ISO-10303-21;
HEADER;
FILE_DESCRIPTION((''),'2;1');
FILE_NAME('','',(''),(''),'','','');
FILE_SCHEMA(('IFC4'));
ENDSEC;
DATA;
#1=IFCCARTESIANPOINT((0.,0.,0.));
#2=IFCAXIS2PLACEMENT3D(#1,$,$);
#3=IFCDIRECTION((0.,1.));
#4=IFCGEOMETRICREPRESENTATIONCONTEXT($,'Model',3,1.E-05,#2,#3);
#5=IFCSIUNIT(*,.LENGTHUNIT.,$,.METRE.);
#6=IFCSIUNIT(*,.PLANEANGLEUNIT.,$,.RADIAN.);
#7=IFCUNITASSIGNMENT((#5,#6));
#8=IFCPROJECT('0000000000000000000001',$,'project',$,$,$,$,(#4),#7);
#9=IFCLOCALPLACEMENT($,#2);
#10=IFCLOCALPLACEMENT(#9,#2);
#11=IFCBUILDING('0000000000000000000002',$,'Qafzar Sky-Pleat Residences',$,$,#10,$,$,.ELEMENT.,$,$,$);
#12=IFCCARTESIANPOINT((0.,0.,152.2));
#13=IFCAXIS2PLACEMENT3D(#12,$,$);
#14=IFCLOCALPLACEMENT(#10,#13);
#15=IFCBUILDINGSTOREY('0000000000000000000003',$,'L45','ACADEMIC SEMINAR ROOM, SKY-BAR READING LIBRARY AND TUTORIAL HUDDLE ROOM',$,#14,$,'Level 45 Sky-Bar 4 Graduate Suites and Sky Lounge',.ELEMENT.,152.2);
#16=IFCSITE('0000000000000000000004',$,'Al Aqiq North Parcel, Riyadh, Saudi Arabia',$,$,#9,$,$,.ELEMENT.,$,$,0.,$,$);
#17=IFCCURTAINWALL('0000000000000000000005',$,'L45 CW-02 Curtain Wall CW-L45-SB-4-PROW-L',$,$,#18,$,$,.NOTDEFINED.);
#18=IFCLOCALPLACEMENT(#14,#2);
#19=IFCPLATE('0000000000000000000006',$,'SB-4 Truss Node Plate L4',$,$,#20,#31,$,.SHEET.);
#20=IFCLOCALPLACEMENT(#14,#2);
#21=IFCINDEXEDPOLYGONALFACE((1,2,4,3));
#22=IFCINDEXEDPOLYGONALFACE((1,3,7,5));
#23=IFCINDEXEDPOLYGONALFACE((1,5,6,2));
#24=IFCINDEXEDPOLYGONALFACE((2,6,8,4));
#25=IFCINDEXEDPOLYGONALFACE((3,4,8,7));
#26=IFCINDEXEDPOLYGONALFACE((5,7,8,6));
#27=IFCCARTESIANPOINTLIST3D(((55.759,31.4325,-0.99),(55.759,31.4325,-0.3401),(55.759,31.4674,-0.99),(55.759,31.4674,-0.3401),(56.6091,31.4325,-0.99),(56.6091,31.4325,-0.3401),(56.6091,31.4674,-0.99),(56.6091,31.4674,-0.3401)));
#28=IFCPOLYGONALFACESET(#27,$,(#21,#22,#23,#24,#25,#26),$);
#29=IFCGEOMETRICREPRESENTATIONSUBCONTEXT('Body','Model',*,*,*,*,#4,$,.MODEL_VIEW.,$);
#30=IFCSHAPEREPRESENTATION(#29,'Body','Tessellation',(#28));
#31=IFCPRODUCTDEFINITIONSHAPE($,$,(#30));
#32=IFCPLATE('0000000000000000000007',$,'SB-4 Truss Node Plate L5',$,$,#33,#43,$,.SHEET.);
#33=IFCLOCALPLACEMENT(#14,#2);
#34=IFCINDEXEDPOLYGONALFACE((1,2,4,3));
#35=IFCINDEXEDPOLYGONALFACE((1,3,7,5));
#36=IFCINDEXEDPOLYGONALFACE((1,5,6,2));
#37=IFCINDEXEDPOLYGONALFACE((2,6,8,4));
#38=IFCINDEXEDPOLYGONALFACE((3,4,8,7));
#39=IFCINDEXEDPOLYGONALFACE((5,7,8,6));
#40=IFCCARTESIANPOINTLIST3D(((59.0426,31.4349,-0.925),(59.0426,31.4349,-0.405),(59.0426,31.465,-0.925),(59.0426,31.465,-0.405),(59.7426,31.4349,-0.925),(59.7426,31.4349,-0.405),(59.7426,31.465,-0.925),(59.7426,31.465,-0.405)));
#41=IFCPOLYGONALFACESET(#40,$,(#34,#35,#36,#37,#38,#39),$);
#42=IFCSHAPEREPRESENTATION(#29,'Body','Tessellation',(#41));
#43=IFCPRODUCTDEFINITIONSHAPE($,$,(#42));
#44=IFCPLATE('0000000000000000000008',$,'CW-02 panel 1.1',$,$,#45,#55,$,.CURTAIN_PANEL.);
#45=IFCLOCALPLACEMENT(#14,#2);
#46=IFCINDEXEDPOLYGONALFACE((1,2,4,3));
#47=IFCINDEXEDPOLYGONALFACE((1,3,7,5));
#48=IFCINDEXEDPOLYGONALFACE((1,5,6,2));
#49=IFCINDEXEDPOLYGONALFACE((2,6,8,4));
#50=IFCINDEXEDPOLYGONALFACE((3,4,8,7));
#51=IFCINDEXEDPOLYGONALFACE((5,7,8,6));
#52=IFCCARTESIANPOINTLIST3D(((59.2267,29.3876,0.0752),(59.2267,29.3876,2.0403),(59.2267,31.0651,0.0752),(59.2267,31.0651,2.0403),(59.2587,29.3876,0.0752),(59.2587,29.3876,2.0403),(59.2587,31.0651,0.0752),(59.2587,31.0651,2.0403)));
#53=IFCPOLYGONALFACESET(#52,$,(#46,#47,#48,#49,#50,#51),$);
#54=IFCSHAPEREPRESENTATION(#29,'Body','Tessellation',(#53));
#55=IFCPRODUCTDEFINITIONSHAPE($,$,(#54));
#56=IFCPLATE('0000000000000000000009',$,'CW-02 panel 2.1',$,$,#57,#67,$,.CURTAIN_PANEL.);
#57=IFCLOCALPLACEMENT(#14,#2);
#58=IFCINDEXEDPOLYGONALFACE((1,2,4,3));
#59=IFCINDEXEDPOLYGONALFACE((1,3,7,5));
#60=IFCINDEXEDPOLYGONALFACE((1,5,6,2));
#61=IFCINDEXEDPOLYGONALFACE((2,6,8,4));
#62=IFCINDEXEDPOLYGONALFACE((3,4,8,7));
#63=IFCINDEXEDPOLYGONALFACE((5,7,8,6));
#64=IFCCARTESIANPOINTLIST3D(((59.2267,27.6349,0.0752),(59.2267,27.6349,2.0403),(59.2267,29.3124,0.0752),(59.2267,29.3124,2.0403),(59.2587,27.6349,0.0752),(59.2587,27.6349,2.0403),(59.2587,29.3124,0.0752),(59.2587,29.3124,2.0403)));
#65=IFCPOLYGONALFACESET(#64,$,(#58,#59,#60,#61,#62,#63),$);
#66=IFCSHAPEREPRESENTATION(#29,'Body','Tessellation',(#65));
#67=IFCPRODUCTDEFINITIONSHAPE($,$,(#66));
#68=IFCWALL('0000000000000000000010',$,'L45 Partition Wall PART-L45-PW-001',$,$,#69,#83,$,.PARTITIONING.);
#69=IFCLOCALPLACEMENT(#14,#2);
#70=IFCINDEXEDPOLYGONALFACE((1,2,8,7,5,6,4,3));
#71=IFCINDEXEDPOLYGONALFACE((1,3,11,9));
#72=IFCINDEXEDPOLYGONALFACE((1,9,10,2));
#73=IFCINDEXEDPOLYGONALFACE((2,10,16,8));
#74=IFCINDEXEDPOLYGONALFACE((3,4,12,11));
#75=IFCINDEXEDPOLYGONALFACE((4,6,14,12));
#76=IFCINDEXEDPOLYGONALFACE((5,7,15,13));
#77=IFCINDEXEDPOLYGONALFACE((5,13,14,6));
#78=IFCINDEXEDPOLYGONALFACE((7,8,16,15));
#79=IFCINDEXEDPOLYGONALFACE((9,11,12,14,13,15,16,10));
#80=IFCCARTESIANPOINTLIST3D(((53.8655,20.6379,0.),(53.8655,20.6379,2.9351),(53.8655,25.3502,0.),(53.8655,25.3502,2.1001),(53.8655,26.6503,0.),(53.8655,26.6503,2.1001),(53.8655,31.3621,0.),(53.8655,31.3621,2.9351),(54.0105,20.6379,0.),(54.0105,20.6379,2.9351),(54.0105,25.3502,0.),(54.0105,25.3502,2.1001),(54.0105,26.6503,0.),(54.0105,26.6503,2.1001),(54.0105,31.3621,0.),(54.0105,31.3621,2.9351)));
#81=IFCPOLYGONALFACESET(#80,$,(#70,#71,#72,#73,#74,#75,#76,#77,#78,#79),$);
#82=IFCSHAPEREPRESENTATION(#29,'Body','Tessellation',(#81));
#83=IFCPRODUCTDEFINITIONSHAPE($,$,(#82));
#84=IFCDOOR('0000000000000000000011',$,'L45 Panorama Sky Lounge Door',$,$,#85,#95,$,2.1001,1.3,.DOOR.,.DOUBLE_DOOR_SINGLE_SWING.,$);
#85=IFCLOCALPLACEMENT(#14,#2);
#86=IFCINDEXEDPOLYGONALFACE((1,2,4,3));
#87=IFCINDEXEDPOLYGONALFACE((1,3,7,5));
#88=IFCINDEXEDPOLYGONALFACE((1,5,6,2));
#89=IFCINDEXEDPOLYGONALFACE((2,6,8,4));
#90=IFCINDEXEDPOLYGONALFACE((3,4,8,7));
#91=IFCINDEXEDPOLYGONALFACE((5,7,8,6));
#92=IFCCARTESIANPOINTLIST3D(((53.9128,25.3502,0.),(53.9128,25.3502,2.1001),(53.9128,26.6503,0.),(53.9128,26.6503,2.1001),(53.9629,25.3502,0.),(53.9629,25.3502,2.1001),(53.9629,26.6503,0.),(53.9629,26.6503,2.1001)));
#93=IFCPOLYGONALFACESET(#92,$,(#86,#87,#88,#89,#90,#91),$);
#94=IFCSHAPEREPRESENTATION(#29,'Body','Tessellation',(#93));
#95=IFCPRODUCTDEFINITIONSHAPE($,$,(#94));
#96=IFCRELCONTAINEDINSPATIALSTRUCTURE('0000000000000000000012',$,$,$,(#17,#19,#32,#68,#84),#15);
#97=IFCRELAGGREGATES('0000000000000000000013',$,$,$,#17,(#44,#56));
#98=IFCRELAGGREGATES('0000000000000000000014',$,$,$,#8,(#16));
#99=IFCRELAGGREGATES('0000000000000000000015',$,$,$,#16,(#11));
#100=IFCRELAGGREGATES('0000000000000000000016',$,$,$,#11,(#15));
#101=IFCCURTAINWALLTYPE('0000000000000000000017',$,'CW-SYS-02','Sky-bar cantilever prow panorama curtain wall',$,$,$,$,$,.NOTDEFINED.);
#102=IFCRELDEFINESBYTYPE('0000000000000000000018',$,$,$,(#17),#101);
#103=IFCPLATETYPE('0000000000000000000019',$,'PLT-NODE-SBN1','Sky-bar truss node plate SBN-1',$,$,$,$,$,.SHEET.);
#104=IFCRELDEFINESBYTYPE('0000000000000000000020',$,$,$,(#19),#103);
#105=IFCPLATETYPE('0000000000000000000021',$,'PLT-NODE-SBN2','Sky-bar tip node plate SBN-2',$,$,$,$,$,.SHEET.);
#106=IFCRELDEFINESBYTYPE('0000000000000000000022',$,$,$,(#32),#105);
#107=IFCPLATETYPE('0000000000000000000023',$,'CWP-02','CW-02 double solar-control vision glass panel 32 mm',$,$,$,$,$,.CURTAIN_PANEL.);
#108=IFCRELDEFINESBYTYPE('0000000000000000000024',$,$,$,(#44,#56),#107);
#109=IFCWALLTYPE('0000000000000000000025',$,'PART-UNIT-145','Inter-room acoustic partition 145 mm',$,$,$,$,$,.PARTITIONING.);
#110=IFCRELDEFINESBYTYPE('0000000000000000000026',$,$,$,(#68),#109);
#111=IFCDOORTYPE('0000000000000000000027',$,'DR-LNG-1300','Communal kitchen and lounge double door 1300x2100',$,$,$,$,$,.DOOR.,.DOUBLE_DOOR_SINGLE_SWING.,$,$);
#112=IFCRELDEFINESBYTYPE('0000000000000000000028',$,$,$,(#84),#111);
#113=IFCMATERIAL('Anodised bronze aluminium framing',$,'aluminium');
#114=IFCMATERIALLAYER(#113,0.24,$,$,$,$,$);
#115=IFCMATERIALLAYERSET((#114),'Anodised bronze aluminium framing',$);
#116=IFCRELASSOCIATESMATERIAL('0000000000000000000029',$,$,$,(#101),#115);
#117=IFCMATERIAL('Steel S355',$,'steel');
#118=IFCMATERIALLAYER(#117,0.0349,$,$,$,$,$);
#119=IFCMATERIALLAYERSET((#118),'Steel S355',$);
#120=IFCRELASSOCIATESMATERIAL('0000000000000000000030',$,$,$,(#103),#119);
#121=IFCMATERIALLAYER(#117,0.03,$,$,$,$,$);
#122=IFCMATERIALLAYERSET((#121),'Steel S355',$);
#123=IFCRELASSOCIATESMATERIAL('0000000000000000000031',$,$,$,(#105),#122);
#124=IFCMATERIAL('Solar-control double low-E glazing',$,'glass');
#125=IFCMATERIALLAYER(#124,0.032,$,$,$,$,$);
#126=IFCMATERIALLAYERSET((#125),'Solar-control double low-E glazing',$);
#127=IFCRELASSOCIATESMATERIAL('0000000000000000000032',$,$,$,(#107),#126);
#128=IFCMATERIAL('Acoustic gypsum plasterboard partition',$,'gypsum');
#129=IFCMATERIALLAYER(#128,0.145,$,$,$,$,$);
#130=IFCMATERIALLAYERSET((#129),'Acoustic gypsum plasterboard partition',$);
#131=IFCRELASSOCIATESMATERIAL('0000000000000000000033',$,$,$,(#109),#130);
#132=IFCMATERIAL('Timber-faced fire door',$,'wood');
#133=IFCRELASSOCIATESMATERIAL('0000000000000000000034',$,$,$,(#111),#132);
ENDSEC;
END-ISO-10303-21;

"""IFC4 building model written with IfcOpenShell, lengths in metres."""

from ifc_helpers import new_model, si_unit, direction, frame, frame_2d, origin, origin_2d, place, context, subcontext, project, spatial, rectangle, extrude, source, transform, mapped, material, layer, layer_set, type_object, element, fill, aggregate, save


model = new_model("IFC4")

# Units and contexts
model_context = context("Model", 3, precision=1e-05, world=origin(), true_north=direction((0.0, 1.0)))
body_context = subcontext(model_context, "Body", "Model", "MODEL_VIEW")
ifc_project = project(units=[si_unit("LENGTHUNIT", "METRE"), si_unit("PLANEANGLEUNIT", "RADIAN")], contexts=[model_context])

# Site, building, storey
site_placement = place(None, origin())
site = spatial("IfcSite", under=ifc_project, at=site_placement, Name="Al Aqiq North Parcel, Riyadh, Saudi Arabia", CompositionType="ELEMENT", RefElevation=0.0)
building_placement = place(site_placement, origin())
building = spatial("IfcBuilding", under=site, at=building_placement, Name="Qafzar Sky-Pleat Residences", CompositionType="ELEMENT")
storey_placement = place(building_placement, frame((0.0, 0.0, 152.2)))
storey = spatial("IfcBuildingStorey", under=building, at=storey_placement, Name="L45", Description="ACADEMIC SEMINAR ROOM, SKY-BAR READING LIBRARY AND TUTORIAL HUDDLE ROOM", LongName="Level 45 Sky-Bar 4 Graduate Suites and Sky Lounge", CompositionType="ELEMENT", Elevation=152.2)

# Shared definitions
ifc_material_1 = material(Name="Steel S355", Category="steel")

# Curtain wall
ifc_material_2 = material(Name="Anodised bronze aluminium framing", Category="aluminium")
ifc_layer_1 = layer(ifc_material_2, 0.24)
ifc_layer_set_1 = layer_set([ifc_layer_1], Name="Anodised bronze aluminium framing")
curtain_wall_type = type_object("IfcCurtainWallType", Name="CW-SYS-02", Description="Sky-bar cantilever prow panorama curtain wall", PredefinedType="NOTDEFINED", material=ifc_layer_set_1)
curtain_wall_placement = place(storey_placement, origin())
curtain_wall = element("IfcCurtainWall", 1, at=curtain_wall_placement, inside=storey, type_object=curtain_wall_type, Name="L45 CW-02 Curtain Wall CW-L45-SB-4-PROW-L", PredefinedType="NOTDEFINED")

# Plates
ifc_layer_2 = layer(ifc_material_1, 0.0349)
ifc_layer_set_2 = layer_set([ifc_layer_2], Name="Steel S355")
plate_type_1 = type_object("IfcPlateType", Name="PLT-NODE-SBN1", Description="Sky-bar truss node plate SBN-1", PredefinedType="SHEET", material=ifc_layer_set_2)
shared_shape_1 = source(origin(), body_context, "Body", "SweptSolid", [
    extrude(rectangle(XDim=0.8501, YDim=0.0349, at=origin_2d()), origin(), (0.0, 0.0, 1.0), 0.6499),
])
plate_1_placement = place(storey_placement, frame((56.1841, 31.45, -0.99), z_axis=(0.0, 0.0, 1.0), x_axis=(1.0, 0.0, 0.0)))
element("IfcPlate", 2, at=plate_1_placement, inside=storey, type_object=plate_type_1, Name="SB-4 Truss Node Plate L4", PredefinedType="SHEET", context=body_context, shape_type="MappedRepresentation", body=[
    mapped(shared_shape_1, transform((0.0, 0.0, 0.0), x_axis=(1.0, 0.0, 0.0), y_axis=(0.0, 1.0, 0.0), z_axis=(0.0, 0.0, 1.0), scale=1.0)),
])
ifc_layer_3 = layer(ifc_material_1, 0.03)
ifc_layer_set_3 = layer_set([ifc_layer_3], Name="Steel S355")
plate_type_2 = type_object("IfcPlateType", Name="PLT-NODE-SBN2", Description="Sky-bar tip node plate SBN-2", PredefinedType="SHEET", material=ifc_layer_set_3)
shared_shape_2 = source(origin(), body_context, "Body", "SweptSolid", [
    extrude(rectangle(XDim=0.7, YDim=0.03, at=origin_2d()), origin(), (0.0, 0.0, 1.0), 0.52),
])
plate_2_placement = place(storey_placement, frame((59.3926, 31.45, -0.925), z_axis=(0.0, 0.0, 1.0), x_axis=(1.0, 0.0, 0.0)))
element("IfcPlate", 3, at=plate_2_placement, inside=storey, type_object=plate_type_2, Name="SB-4 Truss Node Plate L5", PredefinedType="SHEET", context=body_context, shape_type="MappedRepresentation", body=[
    mapped(shared_shape_2, transform((0.0, 0.0, 0.0), x_axis=(1.0, 0.0, 0.0), y_axis=(0.0, 1.0, 0.0), z_axis=(0.0, 0.0, 1.0), scale=1.0)),
])

# Plates
ifc_material_3 = material(Name="Solar-control double low-E glazing", Category="glass")
ifc_layer_4 = layer(ifc_material_3, 0.032)
ifc_layer_set_4 = layer_set([ifc_layer_4], Name="Solar-control double low-E glazing")
plate_type_3 = type_object("IfcPlateType", Name="CWP-02", Description="CW-02 double solar-control vision glass panel 32 mm", PredefinedType="CURTAIN_PANEL", material=ifc_layer_set_4)
shared_shape_3 = source(origin(), body_context, "Body", "SweptSolid", [
    extrude(rectangle(XDim=1.6775, YDim=0.032, at=origin_2d()), origin(), (0.0, 0.0, 1.0), 1.9651),
])
plate_3_placement = place(storey_placement, frame((59.2427, 30.2263, 0.0752), z_axis=(0.0, 0.0, 1.0), x_axis=(0.0, -1.0, 0.0)))
plate_3 = element("IfcPlate", 4, at=plate_3_placement, type_object=plate_type_3, Name="CW-02 panel 1.1", PredefinedType="CURTAIN_PANEL", context=body_context, shape_type="MappedRepresentation", body=[
    mapped(shared_shape_3, transform((0.0, 0.0, 0.0), x_axis=(1.0, 0.0, 0.0), y_axis=(0.0, 1.0, 0.0), z_axis=(0.0, 0.0, 1.0), scale=1.0)),
])
plate_4_placement = place(storey_placement, frame((59.2427, 28.4736, 0.0752), z_axis=(0.0, 0.0, 1.0), x_axis=(0.0, -1.0, 0.0)))
plate_4 = element("IfcPlate", 5, at=plate_4_placement, type_object=plate_type_3, Name="CW-02 panel 2.1", PredefinedType="CURTAIN_PANEL", context=body_context, shape_type="MappedRepresentation", body=[
    mapped(shared_shape_3, transform((0.0, 0.0, 0.0), x_axis=(1.0, 0.0, 0.0), y_axis=(0.0, 1.0, 0.0), z_axis=(0.0, 0.0, 1.0), scale=1.0)),
])
aggregate(curtain_wall, [plate_3, plate_4])

# Wall, opening, door
ifc_material_4 = material(Name="Acoustic gypsum plasterboard partition", Category="gypsum")
ifc_layer_5 = layer(ifc_material_4, 0.145)
ifc_layer_set_5 = layer_set([ifc_layer_5], Name="Acoustic gypsum plasterboard partition")
wall_type = type_object("IfcWallType", Name="PART-UNIT-145", Description="Inter-room acoustic partition 145 mm", PredefinedType="PARTITIONING", material=ifc_layer_set_5)
wall_placement = place(storey_placement, frame((53.938, 31.3621, 0.0), z_axis=(0.0, 0.0, 1.0), x_axis=(0.0, -1.0, 0.0)))
wall = element("IfcWall", 6, at=wall_placement, inside=storey, type_object=wall_type, Name="L45 Partition Wall PART-L45-PW-001", PredefinedType="PARTITIONING", context=body_context, shape_type="SweptSolid", body=[
    extrude(rectangle(XDim=10.7241, YDim=0.145, at=frame_2d((5.3621, 0.0))), origin(), (0.0, 0.0, 1.0), 2.9351),
])
opening_placement = place(wall_placement, frame((4.7119, 0.0, 0.0)))
opening = element("IfcOpeningElement", 7, at=opening_placement, cuts=wall, PredefinedType="OPENING", context=body_context, shape_type="SweptSolid", body=[
    extrude(rectangle(XDim=1.3, YDim=2.1001, at=frame_2d((0.6499, 1.05))), frame((0.0, 0.0825, 0.0), z_axis=(0.0, -1.0, 0.0), x_axis=(1.0, 0.0, 0.0)), (0.0, 0.0, 1.0), 0.165),
])
ifc_material_5 = material(Name="Timber-faced fire door", Category="wood")
door_type = type_object("IfcDoorType", Name="DR-LNG-1300", Description="Communal kitchen and lounge double door 1300x2100", OperationType="DOUBLE_DOOR_SINGLE_SWING", PredefinedType="DOOR", material=ifc_material_5)
shared_shape_4 = source(origin(), body_context, "Body", "SweptSolid", [
    extrude(rectangle(XDim=1.3, YDim=2.1001, at=frame_2d((0.6499, 1.05))), frame((0.0, 0.0249, 0.0), z_axis=(0.0, -1.0, 0.0), x_axis=(1.0, 0.0, 0.0)), (0.0, 0.0, 1.0), 0.05),
])
door_placement = place(opening_placement, origin())
door = element("IfcDoor", 8, at=door_placement, inside=storey, type_object=door_type, Name="L45 Panorama Sky Lounge Door", OperationType="DOUBLE_DOOR_SINGLE_SWING", OverallHeight=2.1001, OverallWidth=1.3, PredefinedType="DOOR", context=body_context, shape_type="MappedRepresentation", body=[
    mapped(shared_shape_4, transform((0.0, 0.0, 0.0), x_axis=(1.0, 0.0, 0.0), y_axis=(0.0, 1.0, 0.0), z_axis=(0.0, 0.0, 1.0), scale=1.0)),
])
fill(opening, door)

save(model, "model.ifc")
